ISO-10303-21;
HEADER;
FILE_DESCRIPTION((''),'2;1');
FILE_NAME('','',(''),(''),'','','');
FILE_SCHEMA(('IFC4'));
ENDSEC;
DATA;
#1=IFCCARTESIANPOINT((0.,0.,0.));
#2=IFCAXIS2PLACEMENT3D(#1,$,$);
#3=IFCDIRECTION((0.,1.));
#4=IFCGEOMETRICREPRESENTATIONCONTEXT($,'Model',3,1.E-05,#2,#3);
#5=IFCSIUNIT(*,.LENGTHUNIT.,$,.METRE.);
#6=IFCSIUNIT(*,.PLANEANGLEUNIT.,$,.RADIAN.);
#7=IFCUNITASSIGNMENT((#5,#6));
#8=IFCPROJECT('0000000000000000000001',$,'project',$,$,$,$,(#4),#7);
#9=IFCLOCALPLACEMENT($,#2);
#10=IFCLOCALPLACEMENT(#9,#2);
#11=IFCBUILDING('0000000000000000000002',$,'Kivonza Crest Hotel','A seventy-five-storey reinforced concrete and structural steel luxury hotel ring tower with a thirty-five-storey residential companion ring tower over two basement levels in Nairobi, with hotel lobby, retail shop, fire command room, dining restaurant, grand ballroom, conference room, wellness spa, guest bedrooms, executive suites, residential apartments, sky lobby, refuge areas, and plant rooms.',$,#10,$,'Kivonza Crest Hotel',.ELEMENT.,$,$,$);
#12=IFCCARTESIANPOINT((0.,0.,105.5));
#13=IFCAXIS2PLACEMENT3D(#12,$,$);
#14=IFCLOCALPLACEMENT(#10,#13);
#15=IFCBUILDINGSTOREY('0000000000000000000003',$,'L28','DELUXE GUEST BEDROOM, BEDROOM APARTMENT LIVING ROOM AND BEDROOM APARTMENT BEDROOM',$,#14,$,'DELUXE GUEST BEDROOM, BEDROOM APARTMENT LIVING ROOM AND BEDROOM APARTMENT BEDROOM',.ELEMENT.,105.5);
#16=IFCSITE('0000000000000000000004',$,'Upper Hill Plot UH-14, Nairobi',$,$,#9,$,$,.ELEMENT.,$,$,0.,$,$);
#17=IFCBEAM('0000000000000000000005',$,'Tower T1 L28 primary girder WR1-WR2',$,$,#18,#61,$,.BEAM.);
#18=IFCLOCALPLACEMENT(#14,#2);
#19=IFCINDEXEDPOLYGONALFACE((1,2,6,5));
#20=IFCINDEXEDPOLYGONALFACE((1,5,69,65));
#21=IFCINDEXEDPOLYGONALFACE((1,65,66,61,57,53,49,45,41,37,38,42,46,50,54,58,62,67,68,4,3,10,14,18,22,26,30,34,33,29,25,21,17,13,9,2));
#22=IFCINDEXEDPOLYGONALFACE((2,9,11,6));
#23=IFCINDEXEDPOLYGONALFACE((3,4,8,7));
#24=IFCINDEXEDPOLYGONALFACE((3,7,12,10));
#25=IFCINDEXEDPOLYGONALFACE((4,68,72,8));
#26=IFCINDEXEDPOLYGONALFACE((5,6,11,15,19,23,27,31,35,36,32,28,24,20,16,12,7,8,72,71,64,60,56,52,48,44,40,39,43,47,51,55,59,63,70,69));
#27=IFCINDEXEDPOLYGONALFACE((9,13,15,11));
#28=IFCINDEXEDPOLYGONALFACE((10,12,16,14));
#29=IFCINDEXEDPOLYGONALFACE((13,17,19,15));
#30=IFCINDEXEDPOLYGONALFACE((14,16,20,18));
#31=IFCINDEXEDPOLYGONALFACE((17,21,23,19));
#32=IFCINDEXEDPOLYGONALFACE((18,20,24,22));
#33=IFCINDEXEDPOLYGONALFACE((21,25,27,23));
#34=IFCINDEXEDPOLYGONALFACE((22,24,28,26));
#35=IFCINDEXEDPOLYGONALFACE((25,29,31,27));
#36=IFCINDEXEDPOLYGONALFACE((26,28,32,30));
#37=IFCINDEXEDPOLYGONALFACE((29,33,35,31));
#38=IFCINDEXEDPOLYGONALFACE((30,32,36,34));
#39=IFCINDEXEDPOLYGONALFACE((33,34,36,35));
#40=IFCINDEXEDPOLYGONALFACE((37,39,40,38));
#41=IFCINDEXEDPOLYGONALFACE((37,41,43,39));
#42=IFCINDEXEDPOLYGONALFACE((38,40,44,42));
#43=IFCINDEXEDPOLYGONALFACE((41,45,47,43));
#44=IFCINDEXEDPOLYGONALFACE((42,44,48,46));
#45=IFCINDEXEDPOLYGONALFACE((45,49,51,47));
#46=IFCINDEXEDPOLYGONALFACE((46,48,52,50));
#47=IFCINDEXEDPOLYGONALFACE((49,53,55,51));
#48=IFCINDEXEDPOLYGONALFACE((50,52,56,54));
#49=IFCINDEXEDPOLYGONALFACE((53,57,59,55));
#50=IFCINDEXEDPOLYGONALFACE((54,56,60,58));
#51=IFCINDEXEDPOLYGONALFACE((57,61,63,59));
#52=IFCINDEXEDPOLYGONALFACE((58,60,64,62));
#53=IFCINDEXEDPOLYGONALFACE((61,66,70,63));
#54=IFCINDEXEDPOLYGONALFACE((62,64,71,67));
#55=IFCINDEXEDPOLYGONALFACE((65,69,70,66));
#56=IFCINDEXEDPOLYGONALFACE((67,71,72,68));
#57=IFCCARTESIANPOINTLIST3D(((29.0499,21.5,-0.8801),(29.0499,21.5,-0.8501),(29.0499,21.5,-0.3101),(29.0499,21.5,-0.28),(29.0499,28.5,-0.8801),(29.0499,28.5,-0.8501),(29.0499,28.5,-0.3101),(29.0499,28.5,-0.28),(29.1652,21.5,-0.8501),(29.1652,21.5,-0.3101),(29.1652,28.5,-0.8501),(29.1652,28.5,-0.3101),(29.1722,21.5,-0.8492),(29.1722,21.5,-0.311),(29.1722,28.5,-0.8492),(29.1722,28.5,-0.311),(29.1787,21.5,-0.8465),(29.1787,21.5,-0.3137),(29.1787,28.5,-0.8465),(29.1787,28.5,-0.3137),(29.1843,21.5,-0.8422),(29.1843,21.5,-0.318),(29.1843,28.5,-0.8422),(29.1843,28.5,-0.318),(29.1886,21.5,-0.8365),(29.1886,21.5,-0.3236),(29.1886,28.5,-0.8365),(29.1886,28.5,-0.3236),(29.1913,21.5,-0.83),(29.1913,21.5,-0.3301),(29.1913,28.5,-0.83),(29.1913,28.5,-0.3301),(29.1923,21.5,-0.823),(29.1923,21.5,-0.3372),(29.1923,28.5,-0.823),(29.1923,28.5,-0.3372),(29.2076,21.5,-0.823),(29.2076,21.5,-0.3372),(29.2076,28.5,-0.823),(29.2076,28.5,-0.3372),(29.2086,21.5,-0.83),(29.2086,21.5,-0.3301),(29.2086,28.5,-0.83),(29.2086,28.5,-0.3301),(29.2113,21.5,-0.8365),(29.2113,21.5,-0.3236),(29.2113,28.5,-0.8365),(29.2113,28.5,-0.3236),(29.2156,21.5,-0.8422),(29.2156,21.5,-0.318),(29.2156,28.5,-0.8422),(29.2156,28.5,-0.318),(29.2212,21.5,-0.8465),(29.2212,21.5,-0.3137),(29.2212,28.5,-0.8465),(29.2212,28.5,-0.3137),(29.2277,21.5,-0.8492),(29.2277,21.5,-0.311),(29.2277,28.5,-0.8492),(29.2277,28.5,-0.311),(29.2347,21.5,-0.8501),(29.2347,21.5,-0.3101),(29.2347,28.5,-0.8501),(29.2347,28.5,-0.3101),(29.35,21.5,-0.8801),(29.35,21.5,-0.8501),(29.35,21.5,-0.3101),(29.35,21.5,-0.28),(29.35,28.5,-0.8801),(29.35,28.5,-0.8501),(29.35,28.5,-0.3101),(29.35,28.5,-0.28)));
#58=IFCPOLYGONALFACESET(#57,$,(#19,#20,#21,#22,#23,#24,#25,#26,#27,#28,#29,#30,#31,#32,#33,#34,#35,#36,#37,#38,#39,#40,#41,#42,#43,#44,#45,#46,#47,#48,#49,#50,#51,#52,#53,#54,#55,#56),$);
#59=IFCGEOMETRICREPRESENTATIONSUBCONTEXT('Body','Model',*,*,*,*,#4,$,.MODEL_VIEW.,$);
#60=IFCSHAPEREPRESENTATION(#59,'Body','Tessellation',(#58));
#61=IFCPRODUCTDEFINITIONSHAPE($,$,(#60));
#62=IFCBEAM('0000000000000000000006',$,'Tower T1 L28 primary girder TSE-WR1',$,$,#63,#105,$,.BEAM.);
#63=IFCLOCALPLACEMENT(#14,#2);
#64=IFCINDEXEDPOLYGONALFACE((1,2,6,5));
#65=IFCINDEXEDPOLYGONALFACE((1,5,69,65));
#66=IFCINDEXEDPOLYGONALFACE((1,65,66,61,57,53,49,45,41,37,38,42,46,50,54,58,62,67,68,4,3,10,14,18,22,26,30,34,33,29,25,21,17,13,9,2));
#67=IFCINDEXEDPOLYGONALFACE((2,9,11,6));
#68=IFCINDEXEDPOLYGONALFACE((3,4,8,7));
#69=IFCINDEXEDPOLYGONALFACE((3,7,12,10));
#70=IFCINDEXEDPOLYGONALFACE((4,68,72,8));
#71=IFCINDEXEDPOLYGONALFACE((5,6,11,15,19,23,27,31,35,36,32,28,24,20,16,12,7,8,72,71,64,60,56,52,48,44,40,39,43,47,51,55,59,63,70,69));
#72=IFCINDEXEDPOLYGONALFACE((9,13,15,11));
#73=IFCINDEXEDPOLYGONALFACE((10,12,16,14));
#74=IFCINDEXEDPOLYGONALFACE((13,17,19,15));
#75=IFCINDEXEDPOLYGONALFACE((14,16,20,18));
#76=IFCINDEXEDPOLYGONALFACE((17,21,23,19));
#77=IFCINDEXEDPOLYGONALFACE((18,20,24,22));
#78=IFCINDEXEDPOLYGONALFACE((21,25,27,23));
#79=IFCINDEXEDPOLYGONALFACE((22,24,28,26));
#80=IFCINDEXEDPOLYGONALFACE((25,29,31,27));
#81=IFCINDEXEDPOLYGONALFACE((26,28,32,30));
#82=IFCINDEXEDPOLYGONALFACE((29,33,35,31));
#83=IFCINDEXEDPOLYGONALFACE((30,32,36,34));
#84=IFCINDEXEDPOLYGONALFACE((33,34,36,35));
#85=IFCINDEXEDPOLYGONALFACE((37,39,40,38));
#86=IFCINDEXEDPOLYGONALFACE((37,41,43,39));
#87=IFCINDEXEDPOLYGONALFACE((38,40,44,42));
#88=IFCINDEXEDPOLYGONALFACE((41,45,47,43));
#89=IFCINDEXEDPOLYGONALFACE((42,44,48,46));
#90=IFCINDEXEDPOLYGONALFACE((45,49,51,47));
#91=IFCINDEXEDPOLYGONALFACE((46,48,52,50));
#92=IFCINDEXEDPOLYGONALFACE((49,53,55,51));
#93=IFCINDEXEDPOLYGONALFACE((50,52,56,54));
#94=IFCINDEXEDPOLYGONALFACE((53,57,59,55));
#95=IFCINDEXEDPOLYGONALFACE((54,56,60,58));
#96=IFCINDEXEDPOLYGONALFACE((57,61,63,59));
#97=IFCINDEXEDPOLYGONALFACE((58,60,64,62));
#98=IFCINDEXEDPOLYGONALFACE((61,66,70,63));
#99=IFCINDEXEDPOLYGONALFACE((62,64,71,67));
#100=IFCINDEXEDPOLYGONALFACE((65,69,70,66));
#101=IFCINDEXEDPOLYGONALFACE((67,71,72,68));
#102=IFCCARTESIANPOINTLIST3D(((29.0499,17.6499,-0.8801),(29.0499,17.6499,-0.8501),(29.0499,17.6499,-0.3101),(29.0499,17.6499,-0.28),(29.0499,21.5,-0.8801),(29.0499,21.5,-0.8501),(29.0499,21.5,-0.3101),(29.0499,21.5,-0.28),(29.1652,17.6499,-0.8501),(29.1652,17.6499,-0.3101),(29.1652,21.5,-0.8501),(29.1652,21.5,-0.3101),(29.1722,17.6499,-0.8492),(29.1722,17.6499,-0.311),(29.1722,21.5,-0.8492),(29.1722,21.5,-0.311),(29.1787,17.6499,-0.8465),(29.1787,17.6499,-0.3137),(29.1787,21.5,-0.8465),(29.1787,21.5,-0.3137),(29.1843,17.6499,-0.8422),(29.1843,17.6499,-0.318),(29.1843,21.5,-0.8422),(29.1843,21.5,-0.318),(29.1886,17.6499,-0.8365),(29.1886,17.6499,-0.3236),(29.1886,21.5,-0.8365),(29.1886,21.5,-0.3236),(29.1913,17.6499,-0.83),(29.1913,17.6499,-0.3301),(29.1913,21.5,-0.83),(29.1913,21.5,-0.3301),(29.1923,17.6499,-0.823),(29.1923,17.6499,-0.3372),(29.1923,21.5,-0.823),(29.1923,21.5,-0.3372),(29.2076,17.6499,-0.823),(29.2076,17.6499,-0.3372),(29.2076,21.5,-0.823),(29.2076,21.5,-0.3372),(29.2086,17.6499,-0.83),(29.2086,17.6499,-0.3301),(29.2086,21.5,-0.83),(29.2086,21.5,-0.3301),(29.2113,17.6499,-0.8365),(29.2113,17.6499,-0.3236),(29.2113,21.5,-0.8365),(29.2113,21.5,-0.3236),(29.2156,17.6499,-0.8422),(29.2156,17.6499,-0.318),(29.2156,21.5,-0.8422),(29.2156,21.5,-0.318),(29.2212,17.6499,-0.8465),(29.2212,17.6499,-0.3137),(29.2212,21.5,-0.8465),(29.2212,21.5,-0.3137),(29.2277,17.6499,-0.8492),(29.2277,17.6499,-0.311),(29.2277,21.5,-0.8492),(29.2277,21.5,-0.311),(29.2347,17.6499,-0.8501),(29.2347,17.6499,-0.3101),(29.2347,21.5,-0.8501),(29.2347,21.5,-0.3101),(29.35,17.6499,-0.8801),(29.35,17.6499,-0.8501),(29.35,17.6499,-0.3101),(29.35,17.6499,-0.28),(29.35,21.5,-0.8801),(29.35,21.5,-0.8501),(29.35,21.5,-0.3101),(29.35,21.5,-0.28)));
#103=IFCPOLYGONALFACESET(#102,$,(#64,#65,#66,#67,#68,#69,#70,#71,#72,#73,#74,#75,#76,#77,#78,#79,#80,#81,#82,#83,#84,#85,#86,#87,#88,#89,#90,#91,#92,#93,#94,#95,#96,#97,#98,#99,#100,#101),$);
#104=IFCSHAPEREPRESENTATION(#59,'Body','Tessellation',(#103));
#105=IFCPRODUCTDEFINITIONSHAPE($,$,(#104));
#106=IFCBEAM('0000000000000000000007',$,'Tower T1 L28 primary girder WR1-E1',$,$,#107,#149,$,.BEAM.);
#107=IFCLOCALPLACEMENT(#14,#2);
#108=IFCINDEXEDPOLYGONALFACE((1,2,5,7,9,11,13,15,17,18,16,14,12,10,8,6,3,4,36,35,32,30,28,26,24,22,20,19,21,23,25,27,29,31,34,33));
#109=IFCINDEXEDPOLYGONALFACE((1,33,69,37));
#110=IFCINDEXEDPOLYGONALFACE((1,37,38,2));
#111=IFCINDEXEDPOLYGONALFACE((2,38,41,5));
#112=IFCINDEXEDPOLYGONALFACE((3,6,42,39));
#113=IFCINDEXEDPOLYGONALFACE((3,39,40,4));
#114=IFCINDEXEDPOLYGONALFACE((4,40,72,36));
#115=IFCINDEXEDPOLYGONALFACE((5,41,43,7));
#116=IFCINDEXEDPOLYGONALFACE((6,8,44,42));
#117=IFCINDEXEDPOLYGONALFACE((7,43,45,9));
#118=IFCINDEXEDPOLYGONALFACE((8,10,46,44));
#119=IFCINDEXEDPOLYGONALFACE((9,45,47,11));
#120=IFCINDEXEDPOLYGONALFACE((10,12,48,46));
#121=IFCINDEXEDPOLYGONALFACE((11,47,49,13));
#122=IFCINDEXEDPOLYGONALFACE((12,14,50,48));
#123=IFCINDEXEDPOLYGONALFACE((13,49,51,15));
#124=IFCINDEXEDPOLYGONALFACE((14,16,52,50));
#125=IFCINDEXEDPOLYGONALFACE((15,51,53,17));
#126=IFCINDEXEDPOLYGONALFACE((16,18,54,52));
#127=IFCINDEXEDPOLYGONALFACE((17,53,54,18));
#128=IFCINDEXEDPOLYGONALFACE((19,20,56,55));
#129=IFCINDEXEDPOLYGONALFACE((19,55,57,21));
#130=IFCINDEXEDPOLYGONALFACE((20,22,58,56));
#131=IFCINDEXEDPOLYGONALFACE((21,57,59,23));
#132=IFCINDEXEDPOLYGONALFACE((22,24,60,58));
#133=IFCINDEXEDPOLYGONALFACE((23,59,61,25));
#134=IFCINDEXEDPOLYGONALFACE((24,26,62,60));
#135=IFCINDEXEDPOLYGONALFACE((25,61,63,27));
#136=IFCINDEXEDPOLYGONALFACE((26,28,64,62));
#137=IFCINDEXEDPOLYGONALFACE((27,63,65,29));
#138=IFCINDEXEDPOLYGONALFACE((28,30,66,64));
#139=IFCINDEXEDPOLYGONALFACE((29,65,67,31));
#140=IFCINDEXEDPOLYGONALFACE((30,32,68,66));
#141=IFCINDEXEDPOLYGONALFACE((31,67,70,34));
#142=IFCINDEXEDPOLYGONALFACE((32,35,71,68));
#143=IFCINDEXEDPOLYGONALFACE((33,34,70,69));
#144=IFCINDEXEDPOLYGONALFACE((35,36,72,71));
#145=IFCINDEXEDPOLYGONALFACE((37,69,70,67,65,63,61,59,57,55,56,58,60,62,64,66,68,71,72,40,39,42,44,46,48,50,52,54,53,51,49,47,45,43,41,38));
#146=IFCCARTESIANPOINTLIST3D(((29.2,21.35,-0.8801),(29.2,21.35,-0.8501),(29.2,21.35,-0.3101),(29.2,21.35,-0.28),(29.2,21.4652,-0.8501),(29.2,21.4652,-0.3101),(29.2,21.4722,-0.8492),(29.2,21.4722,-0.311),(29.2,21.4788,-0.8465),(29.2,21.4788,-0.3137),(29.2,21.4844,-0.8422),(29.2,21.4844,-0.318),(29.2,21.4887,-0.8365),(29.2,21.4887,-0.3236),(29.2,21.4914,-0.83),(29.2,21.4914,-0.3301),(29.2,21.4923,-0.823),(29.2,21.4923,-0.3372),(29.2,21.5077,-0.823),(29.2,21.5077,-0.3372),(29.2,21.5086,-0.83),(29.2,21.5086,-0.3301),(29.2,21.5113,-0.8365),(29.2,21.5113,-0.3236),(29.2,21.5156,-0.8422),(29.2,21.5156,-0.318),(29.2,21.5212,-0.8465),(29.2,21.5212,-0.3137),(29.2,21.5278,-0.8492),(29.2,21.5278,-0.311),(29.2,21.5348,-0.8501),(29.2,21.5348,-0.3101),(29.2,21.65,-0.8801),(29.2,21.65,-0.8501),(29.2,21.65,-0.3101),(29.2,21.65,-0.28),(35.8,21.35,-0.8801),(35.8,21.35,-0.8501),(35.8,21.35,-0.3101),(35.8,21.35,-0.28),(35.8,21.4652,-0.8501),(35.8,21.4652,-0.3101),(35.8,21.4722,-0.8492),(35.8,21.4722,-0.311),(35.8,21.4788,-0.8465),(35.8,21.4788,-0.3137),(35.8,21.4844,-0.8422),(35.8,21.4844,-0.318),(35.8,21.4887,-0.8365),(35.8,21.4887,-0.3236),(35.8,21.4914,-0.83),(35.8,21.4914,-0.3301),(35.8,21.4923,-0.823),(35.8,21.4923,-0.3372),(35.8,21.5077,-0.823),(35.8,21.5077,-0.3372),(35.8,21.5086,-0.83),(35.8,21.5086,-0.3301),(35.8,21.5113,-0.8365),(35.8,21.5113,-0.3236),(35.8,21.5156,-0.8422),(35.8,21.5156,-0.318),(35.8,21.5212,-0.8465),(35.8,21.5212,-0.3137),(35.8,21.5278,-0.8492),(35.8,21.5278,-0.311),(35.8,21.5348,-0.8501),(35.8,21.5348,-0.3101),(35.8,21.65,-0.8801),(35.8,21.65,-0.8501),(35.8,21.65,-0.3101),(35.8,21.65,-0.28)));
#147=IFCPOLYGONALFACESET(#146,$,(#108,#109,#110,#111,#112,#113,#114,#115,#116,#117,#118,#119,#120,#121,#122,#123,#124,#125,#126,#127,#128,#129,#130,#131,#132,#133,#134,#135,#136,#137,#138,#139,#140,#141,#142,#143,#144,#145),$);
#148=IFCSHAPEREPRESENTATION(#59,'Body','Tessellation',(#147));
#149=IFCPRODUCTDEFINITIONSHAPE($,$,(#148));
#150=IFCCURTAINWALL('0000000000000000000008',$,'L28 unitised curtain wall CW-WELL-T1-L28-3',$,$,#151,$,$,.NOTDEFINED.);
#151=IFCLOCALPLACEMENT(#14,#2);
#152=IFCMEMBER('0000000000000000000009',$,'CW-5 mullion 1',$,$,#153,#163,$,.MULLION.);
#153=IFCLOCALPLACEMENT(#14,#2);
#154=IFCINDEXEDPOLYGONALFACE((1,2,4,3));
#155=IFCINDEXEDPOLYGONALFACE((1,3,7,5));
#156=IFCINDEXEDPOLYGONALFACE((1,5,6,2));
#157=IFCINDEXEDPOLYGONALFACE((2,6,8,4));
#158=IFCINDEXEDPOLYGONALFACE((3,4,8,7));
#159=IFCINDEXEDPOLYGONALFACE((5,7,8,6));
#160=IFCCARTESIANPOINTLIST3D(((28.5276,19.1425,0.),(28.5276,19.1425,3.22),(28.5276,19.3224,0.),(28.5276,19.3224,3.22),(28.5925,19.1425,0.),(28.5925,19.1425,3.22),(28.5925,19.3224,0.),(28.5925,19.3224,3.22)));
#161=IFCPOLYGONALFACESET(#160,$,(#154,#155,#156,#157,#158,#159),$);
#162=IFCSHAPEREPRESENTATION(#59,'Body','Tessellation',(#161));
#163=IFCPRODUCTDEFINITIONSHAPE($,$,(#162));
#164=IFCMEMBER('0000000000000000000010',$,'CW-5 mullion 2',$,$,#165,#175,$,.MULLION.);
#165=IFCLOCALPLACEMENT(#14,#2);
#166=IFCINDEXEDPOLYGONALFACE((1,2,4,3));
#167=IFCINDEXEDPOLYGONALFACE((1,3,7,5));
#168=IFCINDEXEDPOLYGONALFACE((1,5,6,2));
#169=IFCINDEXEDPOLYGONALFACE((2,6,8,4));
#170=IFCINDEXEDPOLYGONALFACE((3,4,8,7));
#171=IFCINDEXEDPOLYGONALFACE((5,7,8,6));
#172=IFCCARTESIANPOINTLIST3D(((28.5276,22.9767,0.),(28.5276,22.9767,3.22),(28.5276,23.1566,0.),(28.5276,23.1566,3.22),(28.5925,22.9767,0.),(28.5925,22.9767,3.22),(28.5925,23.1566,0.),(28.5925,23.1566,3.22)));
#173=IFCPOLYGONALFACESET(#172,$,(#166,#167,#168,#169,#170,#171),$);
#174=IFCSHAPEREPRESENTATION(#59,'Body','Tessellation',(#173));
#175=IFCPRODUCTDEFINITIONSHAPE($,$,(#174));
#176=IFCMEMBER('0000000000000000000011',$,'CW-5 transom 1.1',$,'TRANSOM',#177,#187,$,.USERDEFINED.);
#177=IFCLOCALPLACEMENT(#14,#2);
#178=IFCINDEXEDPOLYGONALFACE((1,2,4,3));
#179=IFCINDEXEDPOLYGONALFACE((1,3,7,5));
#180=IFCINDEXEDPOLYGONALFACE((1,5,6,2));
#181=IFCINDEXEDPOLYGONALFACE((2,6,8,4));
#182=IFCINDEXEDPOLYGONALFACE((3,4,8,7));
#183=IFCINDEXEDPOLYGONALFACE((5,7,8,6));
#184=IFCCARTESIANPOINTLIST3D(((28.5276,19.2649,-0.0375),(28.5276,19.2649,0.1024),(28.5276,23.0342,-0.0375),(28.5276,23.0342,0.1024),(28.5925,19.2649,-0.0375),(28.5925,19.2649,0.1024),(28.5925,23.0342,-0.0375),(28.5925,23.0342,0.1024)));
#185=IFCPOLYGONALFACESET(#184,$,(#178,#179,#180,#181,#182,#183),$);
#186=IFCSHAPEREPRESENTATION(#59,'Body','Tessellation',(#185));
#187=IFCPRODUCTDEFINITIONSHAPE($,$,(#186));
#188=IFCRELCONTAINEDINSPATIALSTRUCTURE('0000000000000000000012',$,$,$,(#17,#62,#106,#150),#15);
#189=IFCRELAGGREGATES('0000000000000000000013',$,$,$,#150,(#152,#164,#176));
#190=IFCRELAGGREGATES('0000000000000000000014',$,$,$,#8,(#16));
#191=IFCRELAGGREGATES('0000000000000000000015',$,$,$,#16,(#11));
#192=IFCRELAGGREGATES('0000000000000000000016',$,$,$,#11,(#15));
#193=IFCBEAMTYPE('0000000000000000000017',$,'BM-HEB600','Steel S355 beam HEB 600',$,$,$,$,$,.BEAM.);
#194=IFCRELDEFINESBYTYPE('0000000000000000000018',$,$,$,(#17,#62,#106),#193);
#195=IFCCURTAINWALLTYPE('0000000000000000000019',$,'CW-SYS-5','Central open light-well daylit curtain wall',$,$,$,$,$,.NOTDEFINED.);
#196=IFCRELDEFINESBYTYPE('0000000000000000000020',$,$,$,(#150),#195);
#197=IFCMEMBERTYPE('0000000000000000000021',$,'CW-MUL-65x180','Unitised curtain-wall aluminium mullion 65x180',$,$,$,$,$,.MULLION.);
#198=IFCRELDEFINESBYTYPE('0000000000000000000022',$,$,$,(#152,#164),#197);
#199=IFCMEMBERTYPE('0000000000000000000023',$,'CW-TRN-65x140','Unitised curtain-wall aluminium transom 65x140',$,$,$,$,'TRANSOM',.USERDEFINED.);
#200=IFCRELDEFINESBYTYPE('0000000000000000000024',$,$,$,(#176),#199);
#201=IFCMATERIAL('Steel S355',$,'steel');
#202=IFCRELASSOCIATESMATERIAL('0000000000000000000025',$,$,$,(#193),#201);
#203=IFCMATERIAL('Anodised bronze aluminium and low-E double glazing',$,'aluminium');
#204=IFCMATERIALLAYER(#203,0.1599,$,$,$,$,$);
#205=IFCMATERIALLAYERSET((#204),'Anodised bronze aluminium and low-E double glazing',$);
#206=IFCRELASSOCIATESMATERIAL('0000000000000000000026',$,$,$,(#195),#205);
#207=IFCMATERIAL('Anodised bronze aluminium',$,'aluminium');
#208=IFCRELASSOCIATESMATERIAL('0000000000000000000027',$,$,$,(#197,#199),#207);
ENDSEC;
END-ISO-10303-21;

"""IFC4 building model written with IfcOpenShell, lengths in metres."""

from ifc_helpers import new_model, si_unit, direction, frame, origin, origin_2d, place, context, subcontext, project, spatial, rectangle, i_section, extrude, material, layer, layer_set, material_profile, profile_set, type_object, element, aggregate, save


model = new_model("IFC4")

# Units and contexts
model_context = context("Model", 3, precision=1e-05, world=origin(), true_north=direction((0.0, 1.0)))
body_context = subcontext(model_context, "Body", "Model", "MODEL_VIEW")
ifc_project = project(units=[si_unit("LENGTHUNIT", "METRE"), si_unit("PLANEANGLEUNIT", "RADIAN")], contexts=[model_context])

# Site, building, storey
site_placement = place(None, origin())
site = spatial("IfcSite", under=ifc_project, at=site_placement, Name="Upper Hill Plot UH-14, Nairobi", CompositionType="ELEMENT", RefElevation=0.0)
building_placement = place(site_placement, origin())
building = spatial("IfcBuilding", under=site, at=building_placement, Name="Kivonza Crest Hotel", Description="A seventy-five-storey reinforced concrete and structural steel luxury hotel ring tower with a thirty-five-storey residential companion ring tower over two basement levels in Nairobi, with hotel lobby, retail shop, fire command room, dining restaurant, grand ballroom, conference room, wellness spa, guest bedrooms, executive suites, residential apartments, sky lobby, refuge areas, and plant rooms.", LongName="Kivonza Crest Hotel", CompositionType="ELEMENT")
storey_placement = place(building_placement, frame((0.0, 0.0, 105.5)))
storey = spatial("IfcBuildingStorey", under=building, at=storey_placement, Name="L28", Description="DELUXE GUEST BEDROOM, BEDROOM APARTMENT LIVING ROOM AND BEDROOM APARTMENT BEDROOM", LongName="DELUXE GUEST BEDROOM, BEDROOM APARTMENT LIVING ROOM AND BEDROOM APARTMENT BEDROOM", CompositionType="ELEMENT", Elevation=105.5)

# Beams
ifc_material_1 = material(Name="Steel S355", Category="steel")
ifc_material_profile_1 = material_profile(ifc_material_1, i_section(OverallWidth=0.3, OverallDepth=0.6001, WebThickness=0.0154, FlangeThickness=0.03, FilletRadius=0.0271, at=origin_2d()), Name="HEB 600")
ifc_profile_set_1 = profile_set([ifc_material_profile_1], Name="Steel S355")
beam_type_1 = type_object("IfcBeamType", Name="BM-HEB600", Description="Steel S355 beam HEB 600", PredefinedType="BEAM", material=ifc_profile_set_1)
beam_1_placement = place(storey_placement, frame((29.2, 21.5, -0.5801), z_axis=(0.0, 1.0, 0.0), x_axis=(-1.0, 0.0, 0.0)))
element("IfcBeam", 1, at=beam_1_placement, inside=storey, type_object=beam_type_1, Name="Tower T1 L28 primary girder WR1-WR2", PredefinedType="BEAM", context=body_context, shape_type="SweptSolid", body=[
    extrude(i_section(OverallWidth=0.3, OverallDepth=0.6001, WebThickness=0.0154, FlangeThickness=0.03, FilletRadius=0.0271, at=origin_2d()), origin(), (0.0, 0.0, 1.0), 7.0),
])
beam_2_placement = place(storey_placement, frame((29.2, 17.6499, -0.5801), z_axis=(0.0, 1.0, 0.0), x_axis=(-1.0, 0.0, 0.0)))
element("IfcBeam", 2, at=beam_2_placement, inside=storey, type_object=beam_type_1, Name="Tower T1 L28 primary girder TSE-WR1", PredefinedType="BEAM", context=body_context, shape_type="SweptSolid", body=[
    extrude(i_section(OverallWidth=0.3, OverallDepth=0.6001, WebThickness=0.0154, FlangeThickness=0.03, FilletRadius=0.0271, at=origin_2d()), origin(), (0.0, 0.0, 1.0), 3.8501),
])
beam_3_placement = place(storey_placement, frame((29.2, 21.5, -0.5801), z_axis=(1.0, 0.0, 0.0), x_axis=(0.0, 1.0, 0.0)))
element("IfcBeam", 3, at=beam_3_placement, inside=storey, type_object=beam_type_1, Name="Tower T1 L28 primary girder WR1-E1", PredefinedType="BEAM", context=body_context, shape_type="SweptSolid", body=[
    extrude(i_section(OverallWidth=0.3, OverallDepth=0.6001, WebThickness=0.0154, FlangeThickness=0.03, FilletRadius=0.0271, at=origin_2d()), origin(), (0.0, 0.0, 1.0), 6.6001),
])

# Curtain wall, members
ifc_material_2 = material(Name="Anodised bronze aluminium and low-E double glazing", Category="aluminium")
ifc_layer_1 = layer(ifc_material_2, 0.1599)
ifc_layer_set_1 = layer_set([ifc_layer_1], Name="Anodised bronze aluminium and low-E double glazing")
curtain_wall_type = type_object("IfcCurtainWallType", Name="CW-SYS-5", Description="Central open light-well daylit curtain wall", PredefinedType="NOTDEFINED", material=ifc_layer_set_1)
curtain_wall_placement = place(storey_placement, origin())
curtain_wall = element("IfcCurtainWall", 4, at=curtain_wall_placement, inside=storey, type_object=curtain_wall_type, Name="L28 unitised curtain wall CW-WELL-T1-L28-3", PredefinedType="NOTDEFINED")
ifc_material_3 = material(Name="Anodised bronze aluminium", Category="aluminium")
ifc_material_profile_2 = material_profile(ifc_material_3, rectangle(XDim=0.0649, YDim=0.1799, at=origin_2d()), Name="CW-M 65x180")
ifc_profile_set_2 = profile_set([ifc_material_profile_2], Name="Anodised bronze aluminium")
member_type_1 = type_object("IfcMemberType", Name="CW-MUL-65x180", Description="Unitised curtain-wall aluminium mullion 65x180", PredefinedType="MULLION", material=ifc_profile_set_2)
member_1_placement = place(storey_placement, frame((28.5601, 19.2324, 0.0), z_axis=(0.0, 0.0, 1.0), x_axis=(-1.0, 0.0, 0.0)))
member_1 = element("IfcMember", 5, at=member_1_placement, type_object=member_type_1, Name="CW-5 mullion 1", PredefinedType="MULLION", context=body_context, shape_type="SweptSolid", body=[
    extrude(rectangle(XDim=0.0649, YDim=0.1799, at=origin_2d()), origin(), (0.0, 0.0, 1.0), 3.22),
])
member_2_placement = place(storey_placement, frame((28.5601, 23.0667, 0.0), z_axis=(0.0, 0.0, 1.0), x_axis=(-1.0, 0.0, 0.0)))
member_2 = element("IfcMember", 6, at=member_2_placement, type_object=member_type_1, Name="CW-5 mullion 2", PredefinedType="MULLION", context=body_context, shape_type="SweptSolid", body=[
    extrude(rectangle(XDim=0.0649, YDim=0.1799, at=origin_2d()), origin(), (0.0, 0.0, 1.0), 3.22),
])
ifc_material_profile_3 = material_profile(ifc_material_3, rectangle(XDim=0.0649, YDim=0.1399, at=origin_2d()), Name="CW-T 65x140")
ifc_profile_set_3 = profile_set([ifc_material_profile_3], Name="Anodised bronze aluminium")
member_type_2 = type_object("IfcMemberType", Name="CW-TRN-65x140", Description="Unitised curtain-wall aluminium transom 65x140", ElementType="TRANSOM", PredefinedType="USERDEFINED", material=ifc_profile_set_3)
member_3_placement = place(storey_placement, frame((28.5601, 19.2649, 0.0325), z_axis=(0.0, 1.0, 0.0), x_axis=(-1.0, 0.0, 0.0)))
member_3 = element("IfcMember", 7, at=member_3_placement, type_object=member_type_2, Name="CW-5 transom 1.1", ObjectType="TRANSOM", PredefinedType="USERDEFINED", context=body_context, shape_type="SweptSolid", body=[
    extrude(rectangle(XDim=0.0649, YDim=0.1399, at=origin_2d()), origin(), (0.0, 0.0, 1.0), 3.7693),
])
aggregate(curtain_wall, [member_1, member_2, member_3])

save(model, "model.ifc")
